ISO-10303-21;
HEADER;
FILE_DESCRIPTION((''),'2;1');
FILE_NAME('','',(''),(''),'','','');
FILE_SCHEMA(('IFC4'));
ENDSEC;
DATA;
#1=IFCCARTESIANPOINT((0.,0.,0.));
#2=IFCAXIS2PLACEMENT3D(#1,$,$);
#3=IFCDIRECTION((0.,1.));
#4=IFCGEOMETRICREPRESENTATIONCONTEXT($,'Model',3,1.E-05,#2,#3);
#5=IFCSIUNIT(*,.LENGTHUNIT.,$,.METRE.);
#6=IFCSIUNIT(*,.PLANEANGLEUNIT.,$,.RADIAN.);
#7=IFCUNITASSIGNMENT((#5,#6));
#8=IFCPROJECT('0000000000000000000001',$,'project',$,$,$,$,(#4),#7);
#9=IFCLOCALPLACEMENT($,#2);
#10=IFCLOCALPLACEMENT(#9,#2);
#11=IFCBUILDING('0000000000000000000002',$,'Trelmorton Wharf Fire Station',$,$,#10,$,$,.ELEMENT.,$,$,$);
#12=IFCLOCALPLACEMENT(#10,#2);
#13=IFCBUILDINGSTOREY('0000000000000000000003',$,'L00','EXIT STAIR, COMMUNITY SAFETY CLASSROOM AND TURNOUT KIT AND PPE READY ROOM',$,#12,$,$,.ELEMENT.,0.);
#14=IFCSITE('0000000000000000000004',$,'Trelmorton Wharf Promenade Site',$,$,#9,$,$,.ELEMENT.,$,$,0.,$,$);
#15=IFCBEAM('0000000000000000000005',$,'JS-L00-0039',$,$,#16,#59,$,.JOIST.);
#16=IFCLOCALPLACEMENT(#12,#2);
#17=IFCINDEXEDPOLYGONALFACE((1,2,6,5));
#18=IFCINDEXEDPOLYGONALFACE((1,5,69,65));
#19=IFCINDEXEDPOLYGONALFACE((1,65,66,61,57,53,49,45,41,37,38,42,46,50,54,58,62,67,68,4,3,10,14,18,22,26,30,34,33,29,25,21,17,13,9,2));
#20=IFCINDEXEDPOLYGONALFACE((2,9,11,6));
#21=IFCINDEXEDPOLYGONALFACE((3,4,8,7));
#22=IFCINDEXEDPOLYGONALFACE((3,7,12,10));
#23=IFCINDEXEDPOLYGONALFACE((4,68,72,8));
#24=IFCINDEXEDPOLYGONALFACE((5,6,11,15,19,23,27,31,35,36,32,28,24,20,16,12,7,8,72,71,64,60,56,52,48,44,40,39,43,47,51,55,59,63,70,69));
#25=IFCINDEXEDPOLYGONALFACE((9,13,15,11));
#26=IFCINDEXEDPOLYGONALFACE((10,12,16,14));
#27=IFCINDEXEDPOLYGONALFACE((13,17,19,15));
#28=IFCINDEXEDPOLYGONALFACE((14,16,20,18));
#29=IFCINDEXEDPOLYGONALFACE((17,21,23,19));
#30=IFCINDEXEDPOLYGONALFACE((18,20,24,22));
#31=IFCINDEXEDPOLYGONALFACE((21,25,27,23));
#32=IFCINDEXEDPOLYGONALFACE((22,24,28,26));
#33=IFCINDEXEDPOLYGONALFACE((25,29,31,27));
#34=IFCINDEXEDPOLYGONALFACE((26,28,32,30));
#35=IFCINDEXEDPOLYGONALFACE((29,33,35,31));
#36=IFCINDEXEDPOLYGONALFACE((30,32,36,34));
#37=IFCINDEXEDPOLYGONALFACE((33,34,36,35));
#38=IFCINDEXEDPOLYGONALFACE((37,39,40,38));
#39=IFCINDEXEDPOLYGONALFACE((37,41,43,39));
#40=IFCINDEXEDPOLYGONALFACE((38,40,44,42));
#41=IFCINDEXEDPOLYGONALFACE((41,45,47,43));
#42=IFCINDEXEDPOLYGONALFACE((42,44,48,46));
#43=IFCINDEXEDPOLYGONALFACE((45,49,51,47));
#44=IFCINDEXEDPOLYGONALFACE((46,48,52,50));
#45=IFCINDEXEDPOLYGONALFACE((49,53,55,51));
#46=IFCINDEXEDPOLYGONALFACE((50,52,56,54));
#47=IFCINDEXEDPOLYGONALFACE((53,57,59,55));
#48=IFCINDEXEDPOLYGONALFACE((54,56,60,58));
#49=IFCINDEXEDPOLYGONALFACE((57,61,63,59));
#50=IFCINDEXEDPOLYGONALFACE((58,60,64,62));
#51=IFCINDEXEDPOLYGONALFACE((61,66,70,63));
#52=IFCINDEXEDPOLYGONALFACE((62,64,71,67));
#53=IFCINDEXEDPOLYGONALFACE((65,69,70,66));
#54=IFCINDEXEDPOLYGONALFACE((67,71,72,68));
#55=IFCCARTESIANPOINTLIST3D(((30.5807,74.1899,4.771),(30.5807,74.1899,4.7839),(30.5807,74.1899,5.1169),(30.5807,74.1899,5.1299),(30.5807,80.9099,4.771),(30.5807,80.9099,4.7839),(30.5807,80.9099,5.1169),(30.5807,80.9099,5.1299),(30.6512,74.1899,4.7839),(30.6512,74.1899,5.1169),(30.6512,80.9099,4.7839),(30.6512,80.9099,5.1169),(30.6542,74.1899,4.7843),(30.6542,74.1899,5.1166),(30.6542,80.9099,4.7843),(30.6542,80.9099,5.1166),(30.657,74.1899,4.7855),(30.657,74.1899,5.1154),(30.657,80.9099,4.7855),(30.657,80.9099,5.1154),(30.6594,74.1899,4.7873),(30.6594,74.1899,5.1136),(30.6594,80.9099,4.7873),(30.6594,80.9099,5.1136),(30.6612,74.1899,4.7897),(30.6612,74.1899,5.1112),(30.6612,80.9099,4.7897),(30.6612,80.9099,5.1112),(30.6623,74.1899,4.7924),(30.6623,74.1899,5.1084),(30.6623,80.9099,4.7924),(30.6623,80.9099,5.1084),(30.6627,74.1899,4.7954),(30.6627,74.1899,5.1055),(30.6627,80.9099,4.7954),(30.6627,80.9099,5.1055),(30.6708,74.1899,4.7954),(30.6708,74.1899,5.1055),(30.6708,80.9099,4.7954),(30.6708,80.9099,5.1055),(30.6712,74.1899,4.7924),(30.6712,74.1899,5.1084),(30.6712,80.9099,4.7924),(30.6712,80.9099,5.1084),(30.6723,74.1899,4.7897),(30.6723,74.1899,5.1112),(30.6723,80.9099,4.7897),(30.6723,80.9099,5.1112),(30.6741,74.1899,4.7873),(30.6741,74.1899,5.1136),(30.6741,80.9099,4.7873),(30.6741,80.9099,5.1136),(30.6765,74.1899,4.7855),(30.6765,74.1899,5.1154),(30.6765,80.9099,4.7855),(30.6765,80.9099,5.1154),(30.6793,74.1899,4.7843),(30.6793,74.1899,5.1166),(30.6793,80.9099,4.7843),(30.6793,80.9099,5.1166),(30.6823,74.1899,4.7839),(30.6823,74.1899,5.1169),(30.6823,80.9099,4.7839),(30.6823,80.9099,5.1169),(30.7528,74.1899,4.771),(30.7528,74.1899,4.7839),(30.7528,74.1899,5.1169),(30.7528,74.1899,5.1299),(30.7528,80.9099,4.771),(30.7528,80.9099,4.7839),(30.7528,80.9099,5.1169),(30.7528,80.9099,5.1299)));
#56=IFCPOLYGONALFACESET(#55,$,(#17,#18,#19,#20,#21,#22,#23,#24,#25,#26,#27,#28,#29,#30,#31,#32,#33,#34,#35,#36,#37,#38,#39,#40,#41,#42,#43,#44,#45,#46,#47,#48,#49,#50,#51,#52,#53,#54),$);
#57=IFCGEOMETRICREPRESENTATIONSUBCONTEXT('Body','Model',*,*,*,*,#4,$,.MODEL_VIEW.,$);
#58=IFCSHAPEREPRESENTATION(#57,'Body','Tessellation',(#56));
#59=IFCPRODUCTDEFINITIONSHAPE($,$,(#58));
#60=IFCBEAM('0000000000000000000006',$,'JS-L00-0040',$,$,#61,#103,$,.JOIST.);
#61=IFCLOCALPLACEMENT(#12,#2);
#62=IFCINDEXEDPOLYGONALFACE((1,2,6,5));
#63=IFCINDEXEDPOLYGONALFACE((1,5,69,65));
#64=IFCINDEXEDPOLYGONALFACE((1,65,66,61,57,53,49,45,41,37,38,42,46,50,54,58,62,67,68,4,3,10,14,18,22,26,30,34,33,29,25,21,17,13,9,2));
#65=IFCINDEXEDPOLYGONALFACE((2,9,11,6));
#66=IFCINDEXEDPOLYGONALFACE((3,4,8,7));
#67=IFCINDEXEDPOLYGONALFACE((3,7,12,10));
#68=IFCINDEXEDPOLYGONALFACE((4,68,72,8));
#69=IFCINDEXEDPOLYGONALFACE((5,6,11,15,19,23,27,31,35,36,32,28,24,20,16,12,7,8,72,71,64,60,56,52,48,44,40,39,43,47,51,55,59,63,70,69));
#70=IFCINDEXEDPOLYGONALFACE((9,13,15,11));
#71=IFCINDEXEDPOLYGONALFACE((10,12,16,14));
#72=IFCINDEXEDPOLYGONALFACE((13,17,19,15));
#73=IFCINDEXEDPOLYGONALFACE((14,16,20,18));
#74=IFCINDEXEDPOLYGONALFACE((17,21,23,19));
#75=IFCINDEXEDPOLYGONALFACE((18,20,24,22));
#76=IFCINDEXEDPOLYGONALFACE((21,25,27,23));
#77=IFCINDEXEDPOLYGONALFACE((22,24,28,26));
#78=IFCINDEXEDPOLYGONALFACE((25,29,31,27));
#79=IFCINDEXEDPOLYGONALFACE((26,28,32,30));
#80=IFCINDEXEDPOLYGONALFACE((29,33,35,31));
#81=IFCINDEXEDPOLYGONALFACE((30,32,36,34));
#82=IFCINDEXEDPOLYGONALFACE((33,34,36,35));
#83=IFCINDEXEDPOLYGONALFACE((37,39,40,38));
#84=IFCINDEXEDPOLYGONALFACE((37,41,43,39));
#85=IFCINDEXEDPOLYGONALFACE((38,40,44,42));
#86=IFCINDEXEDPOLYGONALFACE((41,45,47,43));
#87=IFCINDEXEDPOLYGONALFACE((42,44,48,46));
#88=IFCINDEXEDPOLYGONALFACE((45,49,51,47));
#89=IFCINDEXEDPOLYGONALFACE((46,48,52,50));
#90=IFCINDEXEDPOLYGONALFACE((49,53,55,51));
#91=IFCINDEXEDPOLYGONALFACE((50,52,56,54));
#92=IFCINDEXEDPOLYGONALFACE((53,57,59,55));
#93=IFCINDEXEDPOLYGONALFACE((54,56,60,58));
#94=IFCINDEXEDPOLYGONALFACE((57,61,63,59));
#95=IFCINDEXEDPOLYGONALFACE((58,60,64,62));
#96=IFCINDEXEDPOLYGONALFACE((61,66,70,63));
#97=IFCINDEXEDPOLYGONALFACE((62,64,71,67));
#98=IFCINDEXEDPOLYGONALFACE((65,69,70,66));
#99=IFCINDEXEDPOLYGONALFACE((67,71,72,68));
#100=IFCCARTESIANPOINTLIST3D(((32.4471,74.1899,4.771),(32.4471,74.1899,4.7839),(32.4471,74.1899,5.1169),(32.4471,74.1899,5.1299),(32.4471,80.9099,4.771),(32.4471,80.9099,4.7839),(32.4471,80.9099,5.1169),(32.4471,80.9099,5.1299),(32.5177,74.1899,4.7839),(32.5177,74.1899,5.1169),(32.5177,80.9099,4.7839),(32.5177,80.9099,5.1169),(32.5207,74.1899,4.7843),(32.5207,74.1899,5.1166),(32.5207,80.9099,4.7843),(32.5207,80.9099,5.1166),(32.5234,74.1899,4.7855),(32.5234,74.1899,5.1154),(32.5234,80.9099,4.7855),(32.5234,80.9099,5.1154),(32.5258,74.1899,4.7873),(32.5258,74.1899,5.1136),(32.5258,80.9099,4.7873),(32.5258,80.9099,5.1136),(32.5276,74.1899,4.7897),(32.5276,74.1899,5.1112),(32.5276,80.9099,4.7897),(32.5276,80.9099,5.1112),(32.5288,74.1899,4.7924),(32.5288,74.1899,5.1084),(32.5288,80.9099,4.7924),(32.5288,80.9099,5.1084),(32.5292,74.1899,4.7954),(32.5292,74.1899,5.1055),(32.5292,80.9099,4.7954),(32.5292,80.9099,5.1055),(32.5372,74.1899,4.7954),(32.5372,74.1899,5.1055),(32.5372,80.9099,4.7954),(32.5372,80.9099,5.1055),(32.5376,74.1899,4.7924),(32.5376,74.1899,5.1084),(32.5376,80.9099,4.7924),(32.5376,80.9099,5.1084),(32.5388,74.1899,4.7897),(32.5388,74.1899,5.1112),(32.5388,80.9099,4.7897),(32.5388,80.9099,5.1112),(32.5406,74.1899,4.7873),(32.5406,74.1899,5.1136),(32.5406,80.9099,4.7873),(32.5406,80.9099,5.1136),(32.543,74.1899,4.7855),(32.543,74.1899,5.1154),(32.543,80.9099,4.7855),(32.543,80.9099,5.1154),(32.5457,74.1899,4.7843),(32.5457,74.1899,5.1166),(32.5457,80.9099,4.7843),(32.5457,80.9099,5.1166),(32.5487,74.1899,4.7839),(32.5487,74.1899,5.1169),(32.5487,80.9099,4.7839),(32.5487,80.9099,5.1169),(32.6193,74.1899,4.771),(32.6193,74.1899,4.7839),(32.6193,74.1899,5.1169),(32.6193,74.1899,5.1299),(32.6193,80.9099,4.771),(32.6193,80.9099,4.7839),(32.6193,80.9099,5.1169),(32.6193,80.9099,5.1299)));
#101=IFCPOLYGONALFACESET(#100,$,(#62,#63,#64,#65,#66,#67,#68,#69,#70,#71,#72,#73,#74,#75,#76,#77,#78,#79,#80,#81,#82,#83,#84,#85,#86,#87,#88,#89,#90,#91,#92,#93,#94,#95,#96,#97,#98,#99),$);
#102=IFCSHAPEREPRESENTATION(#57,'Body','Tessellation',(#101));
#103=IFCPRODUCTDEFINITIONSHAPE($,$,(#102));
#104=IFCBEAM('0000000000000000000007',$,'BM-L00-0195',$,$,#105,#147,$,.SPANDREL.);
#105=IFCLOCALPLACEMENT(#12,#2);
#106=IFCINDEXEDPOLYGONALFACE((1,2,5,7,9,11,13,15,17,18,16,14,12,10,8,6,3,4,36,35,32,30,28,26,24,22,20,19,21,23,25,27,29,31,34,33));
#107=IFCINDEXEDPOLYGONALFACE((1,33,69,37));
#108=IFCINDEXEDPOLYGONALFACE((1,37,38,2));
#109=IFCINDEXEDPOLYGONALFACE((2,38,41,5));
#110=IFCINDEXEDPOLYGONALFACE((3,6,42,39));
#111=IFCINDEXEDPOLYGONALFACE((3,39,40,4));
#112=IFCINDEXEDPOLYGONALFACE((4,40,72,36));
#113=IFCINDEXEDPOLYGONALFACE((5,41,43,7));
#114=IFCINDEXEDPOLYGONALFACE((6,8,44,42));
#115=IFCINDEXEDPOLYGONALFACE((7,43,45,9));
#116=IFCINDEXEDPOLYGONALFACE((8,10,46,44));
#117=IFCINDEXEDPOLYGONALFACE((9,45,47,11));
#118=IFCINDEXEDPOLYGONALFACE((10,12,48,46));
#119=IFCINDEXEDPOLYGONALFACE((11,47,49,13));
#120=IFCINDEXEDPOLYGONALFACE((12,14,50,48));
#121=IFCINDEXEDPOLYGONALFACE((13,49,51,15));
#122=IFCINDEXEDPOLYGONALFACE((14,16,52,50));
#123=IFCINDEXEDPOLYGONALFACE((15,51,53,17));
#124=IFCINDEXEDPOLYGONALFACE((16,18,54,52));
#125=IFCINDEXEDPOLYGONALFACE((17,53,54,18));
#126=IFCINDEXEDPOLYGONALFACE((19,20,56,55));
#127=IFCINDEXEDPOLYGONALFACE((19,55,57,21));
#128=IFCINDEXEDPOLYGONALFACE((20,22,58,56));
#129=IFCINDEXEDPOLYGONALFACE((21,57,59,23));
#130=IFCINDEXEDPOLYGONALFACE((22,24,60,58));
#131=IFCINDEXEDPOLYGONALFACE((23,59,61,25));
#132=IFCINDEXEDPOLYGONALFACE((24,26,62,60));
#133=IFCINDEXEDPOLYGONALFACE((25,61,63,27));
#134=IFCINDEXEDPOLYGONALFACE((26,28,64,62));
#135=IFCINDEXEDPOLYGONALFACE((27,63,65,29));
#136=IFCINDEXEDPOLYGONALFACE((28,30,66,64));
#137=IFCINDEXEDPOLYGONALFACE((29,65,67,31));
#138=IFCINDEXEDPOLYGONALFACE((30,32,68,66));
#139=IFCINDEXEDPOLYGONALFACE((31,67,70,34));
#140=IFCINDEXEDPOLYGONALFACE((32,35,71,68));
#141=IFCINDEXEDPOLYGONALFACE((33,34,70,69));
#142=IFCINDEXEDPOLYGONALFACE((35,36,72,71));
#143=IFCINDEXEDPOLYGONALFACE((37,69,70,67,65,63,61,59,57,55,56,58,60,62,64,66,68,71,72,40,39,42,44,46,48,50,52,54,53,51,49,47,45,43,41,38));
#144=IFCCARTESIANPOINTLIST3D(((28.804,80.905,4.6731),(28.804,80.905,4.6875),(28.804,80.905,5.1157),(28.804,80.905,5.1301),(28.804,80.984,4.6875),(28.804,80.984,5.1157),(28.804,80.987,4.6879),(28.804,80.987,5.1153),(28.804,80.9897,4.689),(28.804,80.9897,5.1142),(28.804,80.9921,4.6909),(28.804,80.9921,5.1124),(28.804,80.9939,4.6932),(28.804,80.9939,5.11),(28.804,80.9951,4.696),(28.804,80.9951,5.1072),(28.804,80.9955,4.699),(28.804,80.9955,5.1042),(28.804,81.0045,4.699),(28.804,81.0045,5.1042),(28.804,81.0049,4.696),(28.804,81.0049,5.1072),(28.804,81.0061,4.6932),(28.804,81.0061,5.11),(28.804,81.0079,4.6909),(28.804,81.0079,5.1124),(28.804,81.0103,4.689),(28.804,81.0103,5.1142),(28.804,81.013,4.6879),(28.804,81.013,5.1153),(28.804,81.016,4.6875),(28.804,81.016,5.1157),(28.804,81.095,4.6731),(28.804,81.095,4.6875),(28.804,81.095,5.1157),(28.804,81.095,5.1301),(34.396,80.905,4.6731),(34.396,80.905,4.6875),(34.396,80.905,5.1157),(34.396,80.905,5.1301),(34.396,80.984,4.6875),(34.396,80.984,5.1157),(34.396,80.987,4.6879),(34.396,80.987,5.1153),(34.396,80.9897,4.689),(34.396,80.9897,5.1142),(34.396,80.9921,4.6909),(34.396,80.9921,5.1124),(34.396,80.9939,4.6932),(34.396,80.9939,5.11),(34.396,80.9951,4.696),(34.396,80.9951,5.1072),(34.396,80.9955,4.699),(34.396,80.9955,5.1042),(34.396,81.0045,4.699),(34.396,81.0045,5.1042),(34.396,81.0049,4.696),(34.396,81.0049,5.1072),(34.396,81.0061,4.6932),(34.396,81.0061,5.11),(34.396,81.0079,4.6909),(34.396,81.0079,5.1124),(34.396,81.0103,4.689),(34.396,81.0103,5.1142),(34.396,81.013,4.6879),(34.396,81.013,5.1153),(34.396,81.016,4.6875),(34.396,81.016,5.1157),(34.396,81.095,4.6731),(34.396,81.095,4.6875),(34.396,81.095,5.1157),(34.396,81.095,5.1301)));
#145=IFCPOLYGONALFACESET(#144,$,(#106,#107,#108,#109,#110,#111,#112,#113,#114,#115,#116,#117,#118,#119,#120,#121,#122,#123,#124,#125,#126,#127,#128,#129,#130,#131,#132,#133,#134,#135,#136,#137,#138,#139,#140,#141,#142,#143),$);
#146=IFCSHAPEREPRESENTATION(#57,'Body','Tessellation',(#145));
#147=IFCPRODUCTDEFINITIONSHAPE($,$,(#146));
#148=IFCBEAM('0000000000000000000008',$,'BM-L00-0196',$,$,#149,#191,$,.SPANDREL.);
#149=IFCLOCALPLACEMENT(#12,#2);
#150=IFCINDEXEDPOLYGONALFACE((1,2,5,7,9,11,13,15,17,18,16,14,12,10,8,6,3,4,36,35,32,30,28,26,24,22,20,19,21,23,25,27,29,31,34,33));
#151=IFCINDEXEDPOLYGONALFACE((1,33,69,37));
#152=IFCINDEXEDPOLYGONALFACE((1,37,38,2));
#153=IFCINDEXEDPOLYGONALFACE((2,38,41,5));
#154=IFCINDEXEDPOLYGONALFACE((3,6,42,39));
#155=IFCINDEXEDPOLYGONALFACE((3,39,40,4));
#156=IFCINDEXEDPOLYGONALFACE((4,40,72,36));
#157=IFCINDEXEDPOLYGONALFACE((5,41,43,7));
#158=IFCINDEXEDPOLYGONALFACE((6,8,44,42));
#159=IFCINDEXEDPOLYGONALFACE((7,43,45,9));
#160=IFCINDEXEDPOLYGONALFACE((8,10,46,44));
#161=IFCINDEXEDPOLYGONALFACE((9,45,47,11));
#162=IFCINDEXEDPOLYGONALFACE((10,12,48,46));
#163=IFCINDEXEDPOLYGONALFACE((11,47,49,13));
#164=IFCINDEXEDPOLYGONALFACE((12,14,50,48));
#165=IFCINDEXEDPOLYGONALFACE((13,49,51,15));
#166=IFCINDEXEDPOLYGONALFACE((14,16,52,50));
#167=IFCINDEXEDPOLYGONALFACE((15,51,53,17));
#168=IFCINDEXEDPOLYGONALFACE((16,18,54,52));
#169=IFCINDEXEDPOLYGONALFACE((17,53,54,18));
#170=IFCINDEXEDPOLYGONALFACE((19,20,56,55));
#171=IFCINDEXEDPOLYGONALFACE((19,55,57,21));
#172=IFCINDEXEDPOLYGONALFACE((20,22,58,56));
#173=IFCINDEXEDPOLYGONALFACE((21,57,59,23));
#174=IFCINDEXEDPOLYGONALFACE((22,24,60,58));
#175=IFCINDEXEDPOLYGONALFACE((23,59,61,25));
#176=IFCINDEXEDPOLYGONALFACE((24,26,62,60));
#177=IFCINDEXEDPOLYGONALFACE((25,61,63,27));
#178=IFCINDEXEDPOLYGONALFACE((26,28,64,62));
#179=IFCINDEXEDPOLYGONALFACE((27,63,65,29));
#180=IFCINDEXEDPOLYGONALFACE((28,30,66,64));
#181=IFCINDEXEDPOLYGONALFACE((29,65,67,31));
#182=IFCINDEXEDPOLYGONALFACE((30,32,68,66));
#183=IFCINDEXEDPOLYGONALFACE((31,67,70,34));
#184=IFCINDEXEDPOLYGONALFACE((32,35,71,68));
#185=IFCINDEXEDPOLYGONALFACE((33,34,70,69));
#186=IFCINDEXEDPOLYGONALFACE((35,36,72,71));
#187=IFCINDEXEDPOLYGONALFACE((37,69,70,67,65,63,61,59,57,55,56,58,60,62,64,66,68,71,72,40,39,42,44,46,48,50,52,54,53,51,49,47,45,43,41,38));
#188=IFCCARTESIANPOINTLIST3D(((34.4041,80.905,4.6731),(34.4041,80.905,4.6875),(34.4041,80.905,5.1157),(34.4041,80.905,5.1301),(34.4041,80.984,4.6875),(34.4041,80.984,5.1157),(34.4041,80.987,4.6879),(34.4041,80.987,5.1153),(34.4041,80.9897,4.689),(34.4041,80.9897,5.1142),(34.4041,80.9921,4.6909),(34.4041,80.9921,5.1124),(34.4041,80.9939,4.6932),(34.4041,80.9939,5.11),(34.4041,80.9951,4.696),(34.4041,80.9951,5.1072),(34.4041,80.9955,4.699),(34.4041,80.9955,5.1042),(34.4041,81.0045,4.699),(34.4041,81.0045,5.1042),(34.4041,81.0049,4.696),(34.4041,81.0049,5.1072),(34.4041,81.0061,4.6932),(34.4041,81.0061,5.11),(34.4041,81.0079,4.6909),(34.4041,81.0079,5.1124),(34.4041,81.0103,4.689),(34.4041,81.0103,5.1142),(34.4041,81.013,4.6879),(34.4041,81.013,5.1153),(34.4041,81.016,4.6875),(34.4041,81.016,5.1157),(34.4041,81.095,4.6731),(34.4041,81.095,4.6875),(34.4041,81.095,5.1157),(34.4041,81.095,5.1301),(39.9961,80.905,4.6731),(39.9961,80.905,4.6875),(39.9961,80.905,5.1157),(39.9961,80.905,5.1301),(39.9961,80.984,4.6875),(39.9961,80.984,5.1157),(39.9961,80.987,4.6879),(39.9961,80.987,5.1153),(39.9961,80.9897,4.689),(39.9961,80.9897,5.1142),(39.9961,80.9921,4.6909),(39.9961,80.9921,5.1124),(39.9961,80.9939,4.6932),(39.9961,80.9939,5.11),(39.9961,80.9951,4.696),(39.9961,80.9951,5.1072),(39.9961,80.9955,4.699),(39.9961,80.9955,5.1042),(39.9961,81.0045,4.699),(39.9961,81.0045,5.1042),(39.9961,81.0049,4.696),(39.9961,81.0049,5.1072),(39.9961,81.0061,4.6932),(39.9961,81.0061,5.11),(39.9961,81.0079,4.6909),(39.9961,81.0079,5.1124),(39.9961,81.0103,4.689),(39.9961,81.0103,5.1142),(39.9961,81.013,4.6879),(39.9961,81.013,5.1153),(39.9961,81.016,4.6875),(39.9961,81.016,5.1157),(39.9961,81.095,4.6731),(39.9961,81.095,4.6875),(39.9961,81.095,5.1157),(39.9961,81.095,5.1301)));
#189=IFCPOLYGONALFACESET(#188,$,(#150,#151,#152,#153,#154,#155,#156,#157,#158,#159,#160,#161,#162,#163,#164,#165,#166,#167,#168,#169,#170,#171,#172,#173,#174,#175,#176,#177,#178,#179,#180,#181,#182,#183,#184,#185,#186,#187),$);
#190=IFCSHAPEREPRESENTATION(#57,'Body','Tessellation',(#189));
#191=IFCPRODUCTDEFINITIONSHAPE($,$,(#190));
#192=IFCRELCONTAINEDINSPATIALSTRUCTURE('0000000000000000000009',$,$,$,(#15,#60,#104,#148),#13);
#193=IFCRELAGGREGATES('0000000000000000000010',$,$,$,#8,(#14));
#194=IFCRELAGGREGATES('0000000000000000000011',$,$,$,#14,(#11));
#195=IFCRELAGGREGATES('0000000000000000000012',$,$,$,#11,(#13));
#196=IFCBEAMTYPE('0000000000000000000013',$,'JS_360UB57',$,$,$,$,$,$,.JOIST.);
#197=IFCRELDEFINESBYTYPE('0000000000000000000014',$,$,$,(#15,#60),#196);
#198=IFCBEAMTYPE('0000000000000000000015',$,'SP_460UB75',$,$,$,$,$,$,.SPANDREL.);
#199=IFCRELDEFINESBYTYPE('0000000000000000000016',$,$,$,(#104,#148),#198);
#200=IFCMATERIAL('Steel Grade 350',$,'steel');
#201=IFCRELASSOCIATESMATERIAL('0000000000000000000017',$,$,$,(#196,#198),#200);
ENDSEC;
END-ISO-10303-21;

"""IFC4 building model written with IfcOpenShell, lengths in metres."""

from ifc_helpers import new_model, si_unit, direction, frame, origin, origin_2d, place, context, subcontext, project, spatial, i_section, extrude, material, material_profile, profile_set, type_object, element, save


model = new_model("IFC4")

# Units and contexts
model_context = context("Model", 3, precision=1e-05, world=origin(), true_north=direction((0.0, 1.0)))
body_context = subcontext(model_context, "Body", "Model", "MODEL_VIEW")
ifc_project = project(units=[si_unit("LENGTHUNIT", "METRE"), si_unit("PLANEANGLEUNIT", "RADIAN")], contexts=[model_context])

# Site, building, storey
site_placement = place(None, origin())
site = spatial("IfcSite", under=ifc_project, at=site_placement, Name="Trelmorton Wharf Promenade Site", CompositionType="ELEMENT", RefElevation=0.0)
building_placement = place(site_placement, origin())
building = spatial("IfcBuilding", under=site, at=building_placement, Name="Trelmorton Wharf Fire Station", CompositionType="ELEMENT")
storey_placement = place(building_placement, origin())
storey = spatial("IfcBuildingStorey", under=building, at=storey_placement, Name="L00", Description="EXIT STAIR, COMMUNITY SAFETY CLASSROOM AND TURNOUT KIT AND PPE READY ROOM", CompositionType="ELEMENT", Elevation=0.0)

# Shared definitions
ifc_material_1 = material(Name="Steel Grade 350", Category="steel")

# Beams
ifc_material_profile_1 = material_profile(ifc_material_1, i_section(OverallWidth=0.1721, OverallDepth=0.3589, WebThickness=0.0081, FlangeThickness=0.0129, FilletRadius=0.0115, at=origin_2d()), Name="360UB56.7")
ifc_profile_set_1 = profile_set([ifc_material_profile_1], Name="Steel Grade 350")
beam_type_1 = type_object("IfcBeamType", Name="JS_360UB57", PredefinedType="JOIST", material=ifc_profile_set_1)
for number, where, z_axis, x_axis, name in (
    (1, (30.6667, 74.1899, 4.9504), (0.0, 1.0, 0.0), (-1.0, 0.0, 0.0), "JS-L00-0039"),
    (2, (32.5332, 74.1899, 4.9504), (0.0, 1.0, 0.0), (-1.0, 0.0, 0.0), "JS-L00-0040"),
):
    element("IfcBeam", number, at=place(storey_placement, frame(where, z_axis=z_axis, x_axis=x_axis)), inside=storey, type_object=beam_type_1, Name=name, PredefinedType="JOIST", context=body_context, shape_type="SweptSolid", body=[
        extrude(i_section(OverallWidth=0.1721, OverallDepth=0.3589, WebThickness=0.0081, FlangeThickness=0.0129, FilletRadius=0.0115, at=origin_2d()), origin(), (0.0, 0.0, 1.0), 6.72),
    ])
ifc_material_profile_2 = material_profile(ifc_material_1, i_section(OverallWidth=0.1899, OverallDepth=0.457, WebThickness=0.009, FlangeThickness=0.0144, FilletRadius=0.0115, at=origin_2d()), Name="460UB74.6")
ifc_profile_set_2 = profile_set([ifc_material_profile_2], Name="Steel Grade 350")
beam_type_2 = type_object("IfcBeamType", Name="SP_460UB75", PredefinedType="SPANDREL", material=ifc_profile_set_2)
for number, where, z_axis, x_axis, name in (
    (3, (28.804, 81.0, 4.9016), (1.0, 0.0, 0.0), (0.0, 1.0, 0.0), "BM-L00-0195"),
    (4, (34.4041, 81.0, 4.9016), (1.0, 0.0, 0.0), (0.0, 1.0, 0.0), "BM-L00-0196"),
):
    element("IfcBeam", number, at=place(storey_placement, frame(where, z_axis=z_axis, x_axis=x_axis)), inside=storey, type_object=beam_type_2, Name=name, PredefinedType="SPANDREL", context=body_context, shape_type="SweptSolid", body=[
        extrude(i_section(OverallWidth=0.1899, OverallDepth=0.457, WebThickness=0.009, FlangeThickness=0.0144, FilletRadius=0.0115, at=origin_2d()), origin(), (0.0, 0.0, 1.0), 5.592),
    ])

save(model, "model.ifc")
